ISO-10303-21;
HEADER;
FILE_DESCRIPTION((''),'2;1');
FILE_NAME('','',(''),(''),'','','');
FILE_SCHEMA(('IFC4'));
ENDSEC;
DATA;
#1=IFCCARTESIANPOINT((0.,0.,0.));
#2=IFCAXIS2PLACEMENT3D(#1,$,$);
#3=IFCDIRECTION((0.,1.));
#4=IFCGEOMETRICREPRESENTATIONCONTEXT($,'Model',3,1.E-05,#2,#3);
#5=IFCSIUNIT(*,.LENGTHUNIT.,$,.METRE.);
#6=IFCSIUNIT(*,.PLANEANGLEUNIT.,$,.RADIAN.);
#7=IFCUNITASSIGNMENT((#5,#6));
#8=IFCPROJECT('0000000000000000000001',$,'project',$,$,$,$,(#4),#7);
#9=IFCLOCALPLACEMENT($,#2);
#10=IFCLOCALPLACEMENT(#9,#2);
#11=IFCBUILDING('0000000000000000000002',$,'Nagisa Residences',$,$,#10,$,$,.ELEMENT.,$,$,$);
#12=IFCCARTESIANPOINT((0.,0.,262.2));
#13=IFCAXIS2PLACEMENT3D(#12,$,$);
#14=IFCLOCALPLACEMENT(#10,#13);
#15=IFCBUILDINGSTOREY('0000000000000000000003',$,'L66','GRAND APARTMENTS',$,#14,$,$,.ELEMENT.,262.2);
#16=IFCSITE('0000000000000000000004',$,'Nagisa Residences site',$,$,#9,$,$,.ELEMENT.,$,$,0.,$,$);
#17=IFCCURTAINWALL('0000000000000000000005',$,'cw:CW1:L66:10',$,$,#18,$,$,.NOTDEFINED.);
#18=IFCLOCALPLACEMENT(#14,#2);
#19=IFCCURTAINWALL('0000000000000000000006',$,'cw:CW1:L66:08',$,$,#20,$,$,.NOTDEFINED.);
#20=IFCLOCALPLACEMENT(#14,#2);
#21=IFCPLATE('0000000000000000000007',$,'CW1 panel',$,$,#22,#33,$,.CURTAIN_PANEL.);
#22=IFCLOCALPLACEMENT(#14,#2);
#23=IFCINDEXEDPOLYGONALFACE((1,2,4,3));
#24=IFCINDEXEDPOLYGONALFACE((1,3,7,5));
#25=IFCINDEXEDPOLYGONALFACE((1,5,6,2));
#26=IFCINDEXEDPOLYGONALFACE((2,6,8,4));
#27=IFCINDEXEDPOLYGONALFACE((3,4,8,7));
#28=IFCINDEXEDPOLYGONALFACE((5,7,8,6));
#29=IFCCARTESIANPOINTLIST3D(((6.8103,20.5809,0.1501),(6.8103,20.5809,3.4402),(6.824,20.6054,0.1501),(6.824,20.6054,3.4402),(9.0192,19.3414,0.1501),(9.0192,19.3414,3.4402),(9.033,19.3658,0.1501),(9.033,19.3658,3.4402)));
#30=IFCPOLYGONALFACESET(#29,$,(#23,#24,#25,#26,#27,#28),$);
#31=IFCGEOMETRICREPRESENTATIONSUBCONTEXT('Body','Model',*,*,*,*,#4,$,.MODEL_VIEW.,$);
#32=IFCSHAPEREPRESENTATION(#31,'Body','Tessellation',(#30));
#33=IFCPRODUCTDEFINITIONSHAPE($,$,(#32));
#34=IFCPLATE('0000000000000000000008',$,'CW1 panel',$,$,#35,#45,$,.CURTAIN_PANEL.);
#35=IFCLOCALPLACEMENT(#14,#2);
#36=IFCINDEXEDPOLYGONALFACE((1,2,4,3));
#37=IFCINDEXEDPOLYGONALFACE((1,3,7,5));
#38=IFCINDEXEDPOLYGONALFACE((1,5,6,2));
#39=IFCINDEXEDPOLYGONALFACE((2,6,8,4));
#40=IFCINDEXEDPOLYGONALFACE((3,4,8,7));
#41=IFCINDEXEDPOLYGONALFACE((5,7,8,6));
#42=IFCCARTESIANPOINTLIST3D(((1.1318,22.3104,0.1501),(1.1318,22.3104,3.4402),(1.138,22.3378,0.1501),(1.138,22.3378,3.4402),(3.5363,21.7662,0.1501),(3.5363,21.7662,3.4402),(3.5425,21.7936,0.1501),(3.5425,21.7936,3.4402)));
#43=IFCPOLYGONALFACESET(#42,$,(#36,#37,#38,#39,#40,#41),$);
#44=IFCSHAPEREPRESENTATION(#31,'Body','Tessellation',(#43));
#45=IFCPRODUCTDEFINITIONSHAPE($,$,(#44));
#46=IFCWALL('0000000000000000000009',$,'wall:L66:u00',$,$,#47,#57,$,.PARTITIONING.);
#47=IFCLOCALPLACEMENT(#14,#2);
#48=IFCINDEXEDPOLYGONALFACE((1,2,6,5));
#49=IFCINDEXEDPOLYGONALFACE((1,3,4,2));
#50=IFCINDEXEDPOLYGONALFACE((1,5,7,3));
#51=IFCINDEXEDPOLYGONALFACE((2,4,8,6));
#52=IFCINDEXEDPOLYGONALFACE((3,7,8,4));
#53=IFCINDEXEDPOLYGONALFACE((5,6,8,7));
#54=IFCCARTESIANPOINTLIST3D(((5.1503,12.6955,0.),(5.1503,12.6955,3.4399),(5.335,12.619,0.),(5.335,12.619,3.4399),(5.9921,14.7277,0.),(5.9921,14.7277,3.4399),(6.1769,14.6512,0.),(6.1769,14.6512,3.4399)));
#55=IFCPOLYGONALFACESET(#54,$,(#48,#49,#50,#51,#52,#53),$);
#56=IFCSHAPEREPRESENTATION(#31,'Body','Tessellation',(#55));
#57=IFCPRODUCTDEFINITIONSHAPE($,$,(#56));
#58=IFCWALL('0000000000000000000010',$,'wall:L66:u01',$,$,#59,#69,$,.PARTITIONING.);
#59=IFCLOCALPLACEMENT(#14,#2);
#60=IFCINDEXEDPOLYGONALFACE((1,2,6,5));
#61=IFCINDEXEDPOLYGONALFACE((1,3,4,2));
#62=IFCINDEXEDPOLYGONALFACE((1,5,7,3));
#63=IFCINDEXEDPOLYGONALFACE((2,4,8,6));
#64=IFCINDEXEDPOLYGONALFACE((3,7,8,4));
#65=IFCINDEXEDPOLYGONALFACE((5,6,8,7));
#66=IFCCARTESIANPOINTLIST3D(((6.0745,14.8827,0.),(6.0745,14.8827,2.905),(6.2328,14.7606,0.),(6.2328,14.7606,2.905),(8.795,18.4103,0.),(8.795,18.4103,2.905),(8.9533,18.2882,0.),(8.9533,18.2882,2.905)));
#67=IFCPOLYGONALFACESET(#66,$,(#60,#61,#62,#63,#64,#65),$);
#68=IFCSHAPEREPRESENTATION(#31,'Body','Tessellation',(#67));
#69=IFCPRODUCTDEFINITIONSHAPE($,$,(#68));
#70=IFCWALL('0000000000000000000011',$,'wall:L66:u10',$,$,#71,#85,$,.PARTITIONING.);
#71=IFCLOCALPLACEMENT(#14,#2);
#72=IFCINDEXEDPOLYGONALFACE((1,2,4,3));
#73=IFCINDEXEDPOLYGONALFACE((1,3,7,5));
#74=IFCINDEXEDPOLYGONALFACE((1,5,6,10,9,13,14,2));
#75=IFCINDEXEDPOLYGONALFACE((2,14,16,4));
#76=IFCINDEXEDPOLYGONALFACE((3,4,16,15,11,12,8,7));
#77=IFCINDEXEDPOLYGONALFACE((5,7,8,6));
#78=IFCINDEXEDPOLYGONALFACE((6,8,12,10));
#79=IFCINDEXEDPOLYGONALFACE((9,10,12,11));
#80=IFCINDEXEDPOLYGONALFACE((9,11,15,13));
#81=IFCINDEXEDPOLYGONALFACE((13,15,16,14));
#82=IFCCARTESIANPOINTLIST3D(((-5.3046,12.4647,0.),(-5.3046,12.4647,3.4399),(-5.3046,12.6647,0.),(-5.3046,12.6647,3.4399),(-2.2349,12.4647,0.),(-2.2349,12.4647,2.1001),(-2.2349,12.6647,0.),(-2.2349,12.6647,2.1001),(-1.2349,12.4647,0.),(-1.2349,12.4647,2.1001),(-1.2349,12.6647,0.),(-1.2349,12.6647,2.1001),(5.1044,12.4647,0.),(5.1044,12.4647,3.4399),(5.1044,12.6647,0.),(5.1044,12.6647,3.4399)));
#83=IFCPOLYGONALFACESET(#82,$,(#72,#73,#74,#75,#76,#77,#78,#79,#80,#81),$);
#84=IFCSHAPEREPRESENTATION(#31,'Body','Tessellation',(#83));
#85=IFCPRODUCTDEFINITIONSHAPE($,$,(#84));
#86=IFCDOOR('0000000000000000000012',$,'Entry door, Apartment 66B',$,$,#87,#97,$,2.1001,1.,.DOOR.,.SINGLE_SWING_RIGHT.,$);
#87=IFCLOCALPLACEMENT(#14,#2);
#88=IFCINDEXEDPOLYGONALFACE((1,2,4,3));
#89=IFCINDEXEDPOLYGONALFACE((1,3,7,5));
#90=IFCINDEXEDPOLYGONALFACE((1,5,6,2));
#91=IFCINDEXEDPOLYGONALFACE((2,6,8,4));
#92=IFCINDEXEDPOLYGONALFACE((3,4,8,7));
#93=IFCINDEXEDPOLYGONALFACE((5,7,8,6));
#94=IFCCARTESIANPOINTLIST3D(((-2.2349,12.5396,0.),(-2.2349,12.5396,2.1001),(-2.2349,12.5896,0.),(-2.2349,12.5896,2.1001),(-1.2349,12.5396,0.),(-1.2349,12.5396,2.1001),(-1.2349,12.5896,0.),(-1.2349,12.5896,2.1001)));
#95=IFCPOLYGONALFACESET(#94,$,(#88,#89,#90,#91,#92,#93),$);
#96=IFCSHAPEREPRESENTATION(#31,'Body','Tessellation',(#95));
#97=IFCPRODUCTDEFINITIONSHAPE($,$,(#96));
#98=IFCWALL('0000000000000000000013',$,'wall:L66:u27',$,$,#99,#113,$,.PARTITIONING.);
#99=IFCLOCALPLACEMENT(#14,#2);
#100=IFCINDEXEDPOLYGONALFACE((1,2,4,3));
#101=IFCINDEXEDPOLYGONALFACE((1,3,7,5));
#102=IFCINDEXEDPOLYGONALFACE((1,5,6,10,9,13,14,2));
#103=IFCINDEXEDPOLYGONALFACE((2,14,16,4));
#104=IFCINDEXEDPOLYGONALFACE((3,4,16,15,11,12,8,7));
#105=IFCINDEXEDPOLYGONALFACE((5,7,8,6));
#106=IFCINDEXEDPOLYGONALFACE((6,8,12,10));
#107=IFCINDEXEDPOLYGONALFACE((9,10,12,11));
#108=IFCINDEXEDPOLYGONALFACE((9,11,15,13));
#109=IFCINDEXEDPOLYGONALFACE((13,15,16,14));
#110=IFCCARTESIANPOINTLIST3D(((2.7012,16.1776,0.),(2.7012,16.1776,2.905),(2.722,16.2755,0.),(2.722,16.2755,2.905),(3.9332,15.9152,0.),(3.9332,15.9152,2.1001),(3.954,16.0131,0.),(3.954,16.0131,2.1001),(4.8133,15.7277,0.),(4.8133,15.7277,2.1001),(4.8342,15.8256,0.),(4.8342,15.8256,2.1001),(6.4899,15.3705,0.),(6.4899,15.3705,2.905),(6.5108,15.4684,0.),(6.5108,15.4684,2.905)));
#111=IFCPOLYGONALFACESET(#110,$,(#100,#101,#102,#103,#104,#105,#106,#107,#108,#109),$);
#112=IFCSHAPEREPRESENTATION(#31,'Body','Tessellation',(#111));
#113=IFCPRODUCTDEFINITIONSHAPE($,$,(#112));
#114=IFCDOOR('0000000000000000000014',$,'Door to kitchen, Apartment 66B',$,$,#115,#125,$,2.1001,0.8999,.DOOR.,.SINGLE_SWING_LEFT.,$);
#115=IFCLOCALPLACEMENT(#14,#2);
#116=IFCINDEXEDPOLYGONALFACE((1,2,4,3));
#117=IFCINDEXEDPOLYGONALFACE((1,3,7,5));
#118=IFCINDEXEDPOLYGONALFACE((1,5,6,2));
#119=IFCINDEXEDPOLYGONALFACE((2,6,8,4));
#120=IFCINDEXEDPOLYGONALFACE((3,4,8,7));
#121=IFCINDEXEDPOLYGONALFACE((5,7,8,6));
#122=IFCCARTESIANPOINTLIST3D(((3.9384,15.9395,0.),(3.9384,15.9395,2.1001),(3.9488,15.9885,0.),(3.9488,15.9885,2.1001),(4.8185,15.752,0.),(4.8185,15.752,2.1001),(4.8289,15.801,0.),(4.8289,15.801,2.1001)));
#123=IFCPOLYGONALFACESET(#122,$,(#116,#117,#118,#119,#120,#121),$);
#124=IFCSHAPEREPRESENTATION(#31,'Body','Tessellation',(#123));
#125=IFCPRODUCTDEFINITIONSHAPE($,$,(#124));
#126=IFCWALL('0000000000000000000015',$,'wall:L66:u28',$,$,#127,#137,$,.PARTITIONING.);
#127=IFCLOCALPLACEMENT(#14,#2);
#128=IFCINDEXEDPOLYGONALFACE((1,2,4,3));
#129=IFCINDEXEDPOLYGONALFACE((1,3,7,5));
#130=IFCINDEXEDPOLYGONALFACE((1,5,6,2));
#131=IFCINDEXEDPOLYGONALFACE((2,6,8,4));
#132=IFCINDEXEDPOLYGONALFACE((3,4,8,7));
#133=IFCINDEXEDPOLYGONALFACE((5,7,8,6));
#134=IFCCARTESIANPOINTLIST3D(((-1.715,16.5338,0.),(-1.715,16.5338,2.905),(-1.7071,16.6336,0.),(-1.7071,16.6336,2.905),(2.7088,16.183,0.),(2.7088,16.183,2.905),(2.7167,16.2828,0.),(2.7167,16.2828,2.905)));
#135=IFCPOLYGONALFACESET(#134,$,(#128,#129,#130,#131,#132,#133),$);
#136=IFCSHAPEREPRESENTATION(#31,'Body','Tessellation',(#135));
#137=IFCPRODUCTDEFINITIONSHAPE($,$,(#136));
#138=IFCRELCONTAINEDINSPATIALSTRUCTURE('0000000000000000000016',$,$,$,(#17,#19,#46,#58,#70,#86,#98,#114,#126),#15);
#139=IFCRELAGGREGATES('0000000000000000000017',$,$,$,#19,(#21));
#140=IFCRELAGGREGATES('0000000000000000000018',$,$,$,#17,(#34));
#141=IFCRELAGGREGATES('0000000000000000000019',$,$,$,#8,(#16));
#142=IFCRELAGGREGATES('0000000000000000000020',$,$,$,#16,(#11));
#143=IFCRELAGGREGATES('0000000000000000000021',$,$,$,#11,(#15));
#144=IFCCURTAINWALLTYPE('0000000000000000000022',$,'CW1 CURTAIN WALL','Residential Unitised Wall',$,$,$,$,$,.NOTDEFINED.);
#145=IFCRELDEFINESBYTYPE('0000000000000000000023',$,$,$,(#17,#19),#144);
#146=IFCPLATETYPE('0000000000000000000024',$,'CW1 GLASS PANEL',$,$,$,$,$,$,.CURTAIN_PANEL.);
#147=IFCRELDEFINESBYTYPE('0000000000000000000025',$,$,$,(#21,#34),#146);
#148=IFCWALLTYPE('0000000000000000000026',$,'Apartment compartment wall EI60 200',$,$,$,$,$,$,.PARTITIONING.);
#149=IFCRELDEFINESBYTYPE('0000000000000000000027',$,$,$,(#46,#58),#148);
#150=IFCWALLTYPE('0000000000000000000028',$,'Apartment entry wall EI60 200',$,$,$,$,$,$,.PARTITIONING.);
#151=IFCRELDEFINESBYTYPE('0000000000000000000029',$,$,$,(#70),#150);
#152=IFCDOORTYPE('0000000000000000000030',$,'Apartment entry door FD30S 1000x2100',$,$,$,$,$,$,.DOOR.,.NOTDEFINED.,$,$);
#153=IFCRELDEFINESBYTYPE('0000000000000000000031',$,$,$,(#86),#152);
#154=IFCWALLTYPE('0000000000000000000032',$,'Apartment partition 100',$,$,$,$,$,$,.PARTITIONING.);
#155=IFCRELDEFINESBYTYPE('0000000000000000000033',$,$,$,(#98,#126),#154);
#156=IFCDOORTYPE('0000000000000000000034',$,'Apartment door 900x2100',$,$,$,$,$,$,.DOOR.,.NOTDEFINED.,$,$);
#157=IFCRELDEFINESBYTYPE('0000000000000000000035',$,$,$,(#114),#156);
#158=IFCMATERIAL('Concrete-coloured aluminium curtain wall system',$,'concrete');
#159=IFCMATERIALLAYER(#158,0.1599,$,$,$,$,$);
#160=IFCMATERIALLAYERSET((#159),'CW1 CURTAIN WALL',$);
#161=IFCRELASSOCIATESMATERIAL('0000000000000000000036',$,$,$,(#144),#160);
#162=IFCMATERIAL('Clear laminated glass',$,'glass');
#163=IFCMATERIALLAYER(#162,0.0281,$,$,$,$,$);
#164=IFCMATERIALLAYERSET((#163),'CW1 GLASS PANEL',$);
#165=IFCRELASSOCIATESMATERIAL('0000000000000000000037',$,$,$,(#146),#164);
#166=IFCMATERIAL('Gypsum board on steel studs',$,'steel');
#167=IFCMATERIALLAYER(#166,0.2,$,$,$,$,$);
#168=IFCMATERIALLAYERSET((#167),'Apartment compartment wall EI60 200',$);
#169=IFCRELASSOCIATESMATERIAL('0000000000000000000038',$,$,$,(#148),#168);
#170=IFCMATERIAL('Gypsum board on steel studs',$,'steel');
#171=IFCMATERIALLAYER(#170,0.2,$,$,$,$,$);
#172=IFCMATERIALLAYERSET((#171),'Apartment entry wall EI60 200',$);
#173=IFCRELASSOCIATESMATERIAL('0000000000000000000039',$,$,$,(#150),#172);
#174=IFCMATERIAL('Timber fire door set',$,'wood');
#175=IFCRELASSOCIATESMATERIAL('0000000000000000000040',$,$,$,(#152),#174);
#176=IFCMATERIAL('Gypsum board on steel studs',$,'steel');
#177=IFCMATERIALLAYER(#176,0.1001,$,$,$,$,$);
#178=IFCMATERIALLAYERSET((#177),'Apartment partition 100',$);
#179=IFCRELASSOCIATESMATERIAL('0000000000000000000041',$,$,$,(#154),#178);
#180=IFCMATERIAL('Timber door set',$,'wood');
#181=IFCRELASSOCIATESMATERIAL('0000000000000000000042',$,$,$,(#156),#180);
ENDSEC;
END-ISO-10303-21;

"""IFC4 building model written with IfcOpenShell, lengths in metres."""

from ifc_helpers import new_model, si_unit, direction, frame, frame_2d, origin, origin_2d, place, context, subcontext, project, spatial, rectangle, extrude, material, layer, layer_set, type_object, element, fill, aggregate, save


model = new_model("IFC4")

# Units and contexts
model_context = context("Model", 3, precision=1e-05, world=origin(), true_north=direction((0.0, 1.0)))
body_context = subcontext(model_context, "Body", "Model", "MODEL_VIEW")
ifc_project = project(units=[si_unit("LENGTHUNIT", "METRE"), si_unit("PLANEANGLEUNIT", "RADIAN")], contexts=[model_context])

# Site, building, storey
site_placement = place(None, origin())
site = spatial("IfcSite", under=ifc_project, at=site_placement, Name="Nagisa Residences site", CompositionType="ELEMENT", RefElevation=0.0)
building_placement = place(site_placement, origin())
building = spatial("IfcBuilding", under=site, at=building_placement, Name="Nagisa Residences", CompositionType="ELEMENT")
storey_placement = place(building_placement, frame((0.0, 0.0, 262.2)))
storey = spatial("IfcBuildingStorey", under=building, at=storey_placement, Name="L66", Description="GRAND APARTMENTS", CompositionType="ELEMENT", Elevation=262.2)

# Curtain wall
ifc_material_1 = material(Name="Concrete-coloured aluminium curtain wall system", Category="concrete")
ifc_layer_1 = layer(ifc_material_1, 0.1599)
ifc_layer_set_1 = layer_set([ifc_layer_1], Name="CW1 CURTAIN WALL")
curtain_wall_type = type_object("IfcCurtainWallType", Name="CW1 CURTAIN WALL", Description="Residential Unitised Wall", PredefinedType="NOTDEFINED", material=ifc_layer_set_1)
curtain_wall_1_placement = place(storey_placement, origin())
curtain_wall_1 = element("IfcCurtainWall", 1, at=curtain_wall_1_placement, inside=storey, type_object=curtain_wall_type, Name="cw:CW1:L66:10", PredefinedType="NOTDEFINED")

# Curtain wall, plate
curtain_wall_2_placement = place(storey_placement, origin())
curtain_wall_2 = element("IfcCurtainWall", 2, at=curtain_wall_2_placement, inside=storey, type_object=curtain_wall_type, Name="cw:CW1:L66:08", PredefinedType="NOTDEFINED")
ifc_material_2 = material(Name="Clear laminated glass", Category="glass")
ifc_layer_2 = layer(ifc_material_2, 0.0281)
ifc_layer_set_2 = layer_set([ifc_layer_2], Name="CW1 GLASS PANEL")
plate_type = type_object("IfcPlateType", Name="CW1 GLASS PANEL", PredefinedType="CURTAIN_PANEL", material=ifc_layer_set_2)
plate_1_placement = place(storey_placement, frame((7.9216, 19.9734, 0.1501), z_axis=(0.0, 0.0, 1.0), x_axis=(-0.872072, 0.489377, 0.0)))
plate_1 = element("IfcPlate", 3, at=plate_1_placement, type_object=plate_type, Name="CW1 panel", PredefinedType="CURTAIN_PANEL", context=body_context, shape_type="SweptSolid", body=[
    extrude(rectangle(XDim=2.533, YDim=0.0281, at=origin_2d()), origin(), (0.0, 0.0, 1.0), 3.29),
])
aggregate(curtain_wall_2, [plate_1])

# Plate
plate_2_placement = place(storey_placement, frame((2.3372, 22.052, 0.1501), z_axis=(0.0, 0.0, 1.0), x_axis=(-0.975327, 0.220764, 0.0)))
plate_2 = element("IfcPlate", 4, at=plate_2_placement, type_object=plate_type, Name="CW1 panel", PredefinedType="CURTAIN_PANEL", context=body_context, shape_type="SweptSolid", body=[
    extrude(rectangle(XDim=2.4653, YDim=0.0281, at=origin_2d()), origin(), (0.0, 0.0, 1.0), 3.29),
])
aggregate(curtain_wall_1, [plate_2])

# Walls
ifc_material_3 = material(Name="Gypsum board on steel studs", Category="steel")
ifc_layer_3 = layer(ifc_material_3, 0.2)
ifc_layer_set_3 = layer_set([ifc_layer_3], Name="Apartment compartment wall EI60 200")
wall_type_1 = type_object("IfcWallType", Name="Apartment compartment wall EI60 200", PredefinedType="PARTITIONING", material=ifc_layer_set_3)
wall_1_placement = place(storey_placement, frame((5.2427, 12.6572, 0.0), z_axis=(0.0, 0.0, 1.0), x_axis=(0.382692, 0.923876, 0.0)))
element("IfcWall", 5, at=wall_1_placement, inside=storey, type_object=wall_type_1, Name="wall:L66:u00", PredefinedType="PARTITIONING", context=body_context, shape_type="SweptSolid", body=[
    extrude(rectangle(XDim=2.1997, YDim=0.2, at=frame_2d((1.0999, 0.0))), origin(), (0.0, 0.0, 1.0), 3.4399),
])
wall_2_placement = place(storey_placement, frame((6.1536, 14.8215, 0.0), z_axis=(0.0, 0.0, 1.0), x_axis=(0.610688, 0.791872, 0.0)))
element("IfcWall", 6, at=wall_2_placement, inside=storey, type_object=wall_type_1, Name="wall:L66:u01", PredefinedType="PARTITIONING", context=body_context, shape_type="SweptSolid", body=[
    extrude(rectangle(XDim=4.4548, YDim=0.2, at=frame_2d((2.2275, 0.0))), origin(), (0.0, 0.0, 1.0), 2.905),
])

# Walls, openings, doors
ifc_material_4 = material(Name="Gypsum board on steel studs", Category="steel")
ifc_layer_4 = layer(ifc_material_4, 0.2)
ifc_layer_set_4 = layer_set([ifc_layer_4], Name="Apartment entry wall EI60 200")
wall_type_2 = type_object("IfcWallType", Name="Apartment entry wall EI60 200", PredefinedType="PARTITIONING", material=ifc_layer_set_4)
wall_3_placement = place(storey_placement, frame((5.1045, 12.5647, 0.0), z_axis=(0.0, 0.0, 1.0), x_axis=(-1.0, 0.0, 0.0)))
wall_3 = element("IfcWall", 7, at=wall_3_placement, inside=storey, type_object=wall_type_2, Name="wall:L66:u10", PredefinedType="PARTITIONING", context=body_context, shape_type="SweptSolid", body=[
    extrude(rectangle(XDim=10.4089, YDim=0.2, at=frame_2d((5.2046, 0.0))), origin(), (0.0, 0.0, 1.0), 3.4399),
])
opening_1_placement = place(wall_3_placement, frame((6.3394, 0.0, 0.0)))
opening_1 = element("IfcOpeningElement", 8, at=opening_1_placement, cuts=wall_3, PredefinedType="OPENING", context=body_context, shape_type="SweptSolid", body=[
    extrude(rectangle(XDim=1.0, YDim=2.1001, at=frame_2d((0.5, 1.05))), frame((0.0, 0.1099, 0.0), z_axis=(0.0, -1.0, 0.0), x_axis=(1.0, 0.0, 0.0)), (0.0, 0.0, 1.0), 0.22),
])
ifc_material_5 = material(Name="Timber fire door set", Category="wood")
door_type_1 = type_object("IfcDoorType", Name="Apartment entry door FD30S 1000x2100", OperationType="NOTDEFINED", PredefinedType="DOOR", material=ifc_material_5)
door_1_placement = place(opening_1_placement, frame((1.0, 0.0, 0.0), x_axis=(-1.0, 0.0, 0.0)))
door_1 = element("IfcDoor", 9, at=door_1_placement, inside=storey, type_object=door_type_1, Name="Entry door, Apartment 66B", OperationType="SINGLE_SWING_RIGHT", OverallHeight=2.1001, OverallWidth=1.0, PredefinedType="DOOR", context=body_context, shape_type="SweptSolid", body=[
    extrude(rectangle(XDim=1.0, YDim=2.1001, at=frame_2d((0.5, 1.05))), frame((0.0, 0.0249, 0.0), z_axis=(0.0, -1.0, 0.0), x_axis=(1.0, 0.0, 0.0)), (0.0, 0.0, 1.0), 0.05),
])
fill(opening_1, door_1)
ifc_material_6 = material(Name="Gypsum board on steel studs", Category="steel")
ifc_layer_5 = layer(ifc_material_6, 0.1001)
ifc_layer_set_5 = layer_set([ifc_layer_5], Name="Apartment partition 100")
wall_type_3 = type_object("IfcWallType", Name="Apartment partition 100", PredefinedType="PARTITIONING", material=ifc_layer_set_5)
wall_4_placement = place(storey_placement, frame((6.5005, 15.4194, 0.0), z_axis=(0.0, 0.0, 1.0), x_axis=(-0.978053, 0.208354, 0.0)))
wall_4 = element("IfcWall", 10, at=wall_4_placement, inside=storey, type_object=wall_type_3, Name="wall:L66:u27", PredefinedType="PARTITIONING", context=body_context, shape_type="SweptSolid", body=[
    extrude(rectangle(XDim=3.8738, YDim=0.1001, at=frame_2d((1.937, 0.0))), origin(), (0.0, 0.0, 1.0), 2.905),
])
opening_2_placement = place(wall_4_placement, frame((1.7144, 0.0, 0.0)))
opening_2 = element("IfcOpeningElement", 11, at=opening_2_placement, cuts=wall_4, PredefinedType="OPENING", context=body_context, shape_type="SweptSolid", body=[
    extrude(rectangle(XDim=0.8999, YDim=2.1001, at=frame_2d((0.45, 1.05))), frame((0.0, 0.0601, 0.0), z_axis=(0.0, -1.0, 0.0), x_axis=(1.0, 0.0, 0.0)), (0.0, 0.0, 1.0), 0.1201),
])
ifc_material_7 = material(Name="Timber door set", Category="wood")
door_type_2 = type_object("IfcDoorType", Name="Apartment door 900x2100", OperationType="NOTDEFINED", PredefinedType="DOOR", material=ifc_material_7)
door_2_placement = place(opening_2_placement, frame((0.8999, 0.0, 0.0), x_axis=(-1.0, 0.0, 0.0)))
door_2 = element("IfcDoor", 12, at=door_2_placement, inside=storey, type_object=door_type_2, Name="Door to kitchen, Apartment 66B", OperationType="SINGLE_SWING_LEFT", OverallHeight=2.1001, OverallWidth=0.8999, PredefinedType="DOOR", context=body_context, shape_type="SweptSolid", body=[
    extrude(rectangle(XDim=0.8999, YDim=2.1001, at=frame_2d((0.45, 1.05))), frame((0.0, 0.0249, 0.0), z_axis=(0.0, -1.0, 0.0), x_axis=(1.0, 0.0, 0.0)), (0.0, 0.0, 1.0), 0.05),
])
fill(opening_2, door_2)

# Wall
wall_5_placement = place(storey_placement, frame((2.7126, 16.2329, 0.0), z_axis=(0.0, 0.0, 1.0), x_axis=(-0.99687, 0.079056, 0.0)))
element("IfcWall", 13, at=wall_5_placement, inside=storey, type_object=wall_type_3, Name="wall:L66:u28", PredefinedType="PARTITIONING", context=body_context, shape_type="SweptSolid", body=[
    extrude(rectangle(XDim=4.4377, YDim=0.1001, at=frame_2d((2.2188, 0.0))), origin(), (0.0, 0.0, 1.0), 2.905),
])

save(model, "model.ifc")
